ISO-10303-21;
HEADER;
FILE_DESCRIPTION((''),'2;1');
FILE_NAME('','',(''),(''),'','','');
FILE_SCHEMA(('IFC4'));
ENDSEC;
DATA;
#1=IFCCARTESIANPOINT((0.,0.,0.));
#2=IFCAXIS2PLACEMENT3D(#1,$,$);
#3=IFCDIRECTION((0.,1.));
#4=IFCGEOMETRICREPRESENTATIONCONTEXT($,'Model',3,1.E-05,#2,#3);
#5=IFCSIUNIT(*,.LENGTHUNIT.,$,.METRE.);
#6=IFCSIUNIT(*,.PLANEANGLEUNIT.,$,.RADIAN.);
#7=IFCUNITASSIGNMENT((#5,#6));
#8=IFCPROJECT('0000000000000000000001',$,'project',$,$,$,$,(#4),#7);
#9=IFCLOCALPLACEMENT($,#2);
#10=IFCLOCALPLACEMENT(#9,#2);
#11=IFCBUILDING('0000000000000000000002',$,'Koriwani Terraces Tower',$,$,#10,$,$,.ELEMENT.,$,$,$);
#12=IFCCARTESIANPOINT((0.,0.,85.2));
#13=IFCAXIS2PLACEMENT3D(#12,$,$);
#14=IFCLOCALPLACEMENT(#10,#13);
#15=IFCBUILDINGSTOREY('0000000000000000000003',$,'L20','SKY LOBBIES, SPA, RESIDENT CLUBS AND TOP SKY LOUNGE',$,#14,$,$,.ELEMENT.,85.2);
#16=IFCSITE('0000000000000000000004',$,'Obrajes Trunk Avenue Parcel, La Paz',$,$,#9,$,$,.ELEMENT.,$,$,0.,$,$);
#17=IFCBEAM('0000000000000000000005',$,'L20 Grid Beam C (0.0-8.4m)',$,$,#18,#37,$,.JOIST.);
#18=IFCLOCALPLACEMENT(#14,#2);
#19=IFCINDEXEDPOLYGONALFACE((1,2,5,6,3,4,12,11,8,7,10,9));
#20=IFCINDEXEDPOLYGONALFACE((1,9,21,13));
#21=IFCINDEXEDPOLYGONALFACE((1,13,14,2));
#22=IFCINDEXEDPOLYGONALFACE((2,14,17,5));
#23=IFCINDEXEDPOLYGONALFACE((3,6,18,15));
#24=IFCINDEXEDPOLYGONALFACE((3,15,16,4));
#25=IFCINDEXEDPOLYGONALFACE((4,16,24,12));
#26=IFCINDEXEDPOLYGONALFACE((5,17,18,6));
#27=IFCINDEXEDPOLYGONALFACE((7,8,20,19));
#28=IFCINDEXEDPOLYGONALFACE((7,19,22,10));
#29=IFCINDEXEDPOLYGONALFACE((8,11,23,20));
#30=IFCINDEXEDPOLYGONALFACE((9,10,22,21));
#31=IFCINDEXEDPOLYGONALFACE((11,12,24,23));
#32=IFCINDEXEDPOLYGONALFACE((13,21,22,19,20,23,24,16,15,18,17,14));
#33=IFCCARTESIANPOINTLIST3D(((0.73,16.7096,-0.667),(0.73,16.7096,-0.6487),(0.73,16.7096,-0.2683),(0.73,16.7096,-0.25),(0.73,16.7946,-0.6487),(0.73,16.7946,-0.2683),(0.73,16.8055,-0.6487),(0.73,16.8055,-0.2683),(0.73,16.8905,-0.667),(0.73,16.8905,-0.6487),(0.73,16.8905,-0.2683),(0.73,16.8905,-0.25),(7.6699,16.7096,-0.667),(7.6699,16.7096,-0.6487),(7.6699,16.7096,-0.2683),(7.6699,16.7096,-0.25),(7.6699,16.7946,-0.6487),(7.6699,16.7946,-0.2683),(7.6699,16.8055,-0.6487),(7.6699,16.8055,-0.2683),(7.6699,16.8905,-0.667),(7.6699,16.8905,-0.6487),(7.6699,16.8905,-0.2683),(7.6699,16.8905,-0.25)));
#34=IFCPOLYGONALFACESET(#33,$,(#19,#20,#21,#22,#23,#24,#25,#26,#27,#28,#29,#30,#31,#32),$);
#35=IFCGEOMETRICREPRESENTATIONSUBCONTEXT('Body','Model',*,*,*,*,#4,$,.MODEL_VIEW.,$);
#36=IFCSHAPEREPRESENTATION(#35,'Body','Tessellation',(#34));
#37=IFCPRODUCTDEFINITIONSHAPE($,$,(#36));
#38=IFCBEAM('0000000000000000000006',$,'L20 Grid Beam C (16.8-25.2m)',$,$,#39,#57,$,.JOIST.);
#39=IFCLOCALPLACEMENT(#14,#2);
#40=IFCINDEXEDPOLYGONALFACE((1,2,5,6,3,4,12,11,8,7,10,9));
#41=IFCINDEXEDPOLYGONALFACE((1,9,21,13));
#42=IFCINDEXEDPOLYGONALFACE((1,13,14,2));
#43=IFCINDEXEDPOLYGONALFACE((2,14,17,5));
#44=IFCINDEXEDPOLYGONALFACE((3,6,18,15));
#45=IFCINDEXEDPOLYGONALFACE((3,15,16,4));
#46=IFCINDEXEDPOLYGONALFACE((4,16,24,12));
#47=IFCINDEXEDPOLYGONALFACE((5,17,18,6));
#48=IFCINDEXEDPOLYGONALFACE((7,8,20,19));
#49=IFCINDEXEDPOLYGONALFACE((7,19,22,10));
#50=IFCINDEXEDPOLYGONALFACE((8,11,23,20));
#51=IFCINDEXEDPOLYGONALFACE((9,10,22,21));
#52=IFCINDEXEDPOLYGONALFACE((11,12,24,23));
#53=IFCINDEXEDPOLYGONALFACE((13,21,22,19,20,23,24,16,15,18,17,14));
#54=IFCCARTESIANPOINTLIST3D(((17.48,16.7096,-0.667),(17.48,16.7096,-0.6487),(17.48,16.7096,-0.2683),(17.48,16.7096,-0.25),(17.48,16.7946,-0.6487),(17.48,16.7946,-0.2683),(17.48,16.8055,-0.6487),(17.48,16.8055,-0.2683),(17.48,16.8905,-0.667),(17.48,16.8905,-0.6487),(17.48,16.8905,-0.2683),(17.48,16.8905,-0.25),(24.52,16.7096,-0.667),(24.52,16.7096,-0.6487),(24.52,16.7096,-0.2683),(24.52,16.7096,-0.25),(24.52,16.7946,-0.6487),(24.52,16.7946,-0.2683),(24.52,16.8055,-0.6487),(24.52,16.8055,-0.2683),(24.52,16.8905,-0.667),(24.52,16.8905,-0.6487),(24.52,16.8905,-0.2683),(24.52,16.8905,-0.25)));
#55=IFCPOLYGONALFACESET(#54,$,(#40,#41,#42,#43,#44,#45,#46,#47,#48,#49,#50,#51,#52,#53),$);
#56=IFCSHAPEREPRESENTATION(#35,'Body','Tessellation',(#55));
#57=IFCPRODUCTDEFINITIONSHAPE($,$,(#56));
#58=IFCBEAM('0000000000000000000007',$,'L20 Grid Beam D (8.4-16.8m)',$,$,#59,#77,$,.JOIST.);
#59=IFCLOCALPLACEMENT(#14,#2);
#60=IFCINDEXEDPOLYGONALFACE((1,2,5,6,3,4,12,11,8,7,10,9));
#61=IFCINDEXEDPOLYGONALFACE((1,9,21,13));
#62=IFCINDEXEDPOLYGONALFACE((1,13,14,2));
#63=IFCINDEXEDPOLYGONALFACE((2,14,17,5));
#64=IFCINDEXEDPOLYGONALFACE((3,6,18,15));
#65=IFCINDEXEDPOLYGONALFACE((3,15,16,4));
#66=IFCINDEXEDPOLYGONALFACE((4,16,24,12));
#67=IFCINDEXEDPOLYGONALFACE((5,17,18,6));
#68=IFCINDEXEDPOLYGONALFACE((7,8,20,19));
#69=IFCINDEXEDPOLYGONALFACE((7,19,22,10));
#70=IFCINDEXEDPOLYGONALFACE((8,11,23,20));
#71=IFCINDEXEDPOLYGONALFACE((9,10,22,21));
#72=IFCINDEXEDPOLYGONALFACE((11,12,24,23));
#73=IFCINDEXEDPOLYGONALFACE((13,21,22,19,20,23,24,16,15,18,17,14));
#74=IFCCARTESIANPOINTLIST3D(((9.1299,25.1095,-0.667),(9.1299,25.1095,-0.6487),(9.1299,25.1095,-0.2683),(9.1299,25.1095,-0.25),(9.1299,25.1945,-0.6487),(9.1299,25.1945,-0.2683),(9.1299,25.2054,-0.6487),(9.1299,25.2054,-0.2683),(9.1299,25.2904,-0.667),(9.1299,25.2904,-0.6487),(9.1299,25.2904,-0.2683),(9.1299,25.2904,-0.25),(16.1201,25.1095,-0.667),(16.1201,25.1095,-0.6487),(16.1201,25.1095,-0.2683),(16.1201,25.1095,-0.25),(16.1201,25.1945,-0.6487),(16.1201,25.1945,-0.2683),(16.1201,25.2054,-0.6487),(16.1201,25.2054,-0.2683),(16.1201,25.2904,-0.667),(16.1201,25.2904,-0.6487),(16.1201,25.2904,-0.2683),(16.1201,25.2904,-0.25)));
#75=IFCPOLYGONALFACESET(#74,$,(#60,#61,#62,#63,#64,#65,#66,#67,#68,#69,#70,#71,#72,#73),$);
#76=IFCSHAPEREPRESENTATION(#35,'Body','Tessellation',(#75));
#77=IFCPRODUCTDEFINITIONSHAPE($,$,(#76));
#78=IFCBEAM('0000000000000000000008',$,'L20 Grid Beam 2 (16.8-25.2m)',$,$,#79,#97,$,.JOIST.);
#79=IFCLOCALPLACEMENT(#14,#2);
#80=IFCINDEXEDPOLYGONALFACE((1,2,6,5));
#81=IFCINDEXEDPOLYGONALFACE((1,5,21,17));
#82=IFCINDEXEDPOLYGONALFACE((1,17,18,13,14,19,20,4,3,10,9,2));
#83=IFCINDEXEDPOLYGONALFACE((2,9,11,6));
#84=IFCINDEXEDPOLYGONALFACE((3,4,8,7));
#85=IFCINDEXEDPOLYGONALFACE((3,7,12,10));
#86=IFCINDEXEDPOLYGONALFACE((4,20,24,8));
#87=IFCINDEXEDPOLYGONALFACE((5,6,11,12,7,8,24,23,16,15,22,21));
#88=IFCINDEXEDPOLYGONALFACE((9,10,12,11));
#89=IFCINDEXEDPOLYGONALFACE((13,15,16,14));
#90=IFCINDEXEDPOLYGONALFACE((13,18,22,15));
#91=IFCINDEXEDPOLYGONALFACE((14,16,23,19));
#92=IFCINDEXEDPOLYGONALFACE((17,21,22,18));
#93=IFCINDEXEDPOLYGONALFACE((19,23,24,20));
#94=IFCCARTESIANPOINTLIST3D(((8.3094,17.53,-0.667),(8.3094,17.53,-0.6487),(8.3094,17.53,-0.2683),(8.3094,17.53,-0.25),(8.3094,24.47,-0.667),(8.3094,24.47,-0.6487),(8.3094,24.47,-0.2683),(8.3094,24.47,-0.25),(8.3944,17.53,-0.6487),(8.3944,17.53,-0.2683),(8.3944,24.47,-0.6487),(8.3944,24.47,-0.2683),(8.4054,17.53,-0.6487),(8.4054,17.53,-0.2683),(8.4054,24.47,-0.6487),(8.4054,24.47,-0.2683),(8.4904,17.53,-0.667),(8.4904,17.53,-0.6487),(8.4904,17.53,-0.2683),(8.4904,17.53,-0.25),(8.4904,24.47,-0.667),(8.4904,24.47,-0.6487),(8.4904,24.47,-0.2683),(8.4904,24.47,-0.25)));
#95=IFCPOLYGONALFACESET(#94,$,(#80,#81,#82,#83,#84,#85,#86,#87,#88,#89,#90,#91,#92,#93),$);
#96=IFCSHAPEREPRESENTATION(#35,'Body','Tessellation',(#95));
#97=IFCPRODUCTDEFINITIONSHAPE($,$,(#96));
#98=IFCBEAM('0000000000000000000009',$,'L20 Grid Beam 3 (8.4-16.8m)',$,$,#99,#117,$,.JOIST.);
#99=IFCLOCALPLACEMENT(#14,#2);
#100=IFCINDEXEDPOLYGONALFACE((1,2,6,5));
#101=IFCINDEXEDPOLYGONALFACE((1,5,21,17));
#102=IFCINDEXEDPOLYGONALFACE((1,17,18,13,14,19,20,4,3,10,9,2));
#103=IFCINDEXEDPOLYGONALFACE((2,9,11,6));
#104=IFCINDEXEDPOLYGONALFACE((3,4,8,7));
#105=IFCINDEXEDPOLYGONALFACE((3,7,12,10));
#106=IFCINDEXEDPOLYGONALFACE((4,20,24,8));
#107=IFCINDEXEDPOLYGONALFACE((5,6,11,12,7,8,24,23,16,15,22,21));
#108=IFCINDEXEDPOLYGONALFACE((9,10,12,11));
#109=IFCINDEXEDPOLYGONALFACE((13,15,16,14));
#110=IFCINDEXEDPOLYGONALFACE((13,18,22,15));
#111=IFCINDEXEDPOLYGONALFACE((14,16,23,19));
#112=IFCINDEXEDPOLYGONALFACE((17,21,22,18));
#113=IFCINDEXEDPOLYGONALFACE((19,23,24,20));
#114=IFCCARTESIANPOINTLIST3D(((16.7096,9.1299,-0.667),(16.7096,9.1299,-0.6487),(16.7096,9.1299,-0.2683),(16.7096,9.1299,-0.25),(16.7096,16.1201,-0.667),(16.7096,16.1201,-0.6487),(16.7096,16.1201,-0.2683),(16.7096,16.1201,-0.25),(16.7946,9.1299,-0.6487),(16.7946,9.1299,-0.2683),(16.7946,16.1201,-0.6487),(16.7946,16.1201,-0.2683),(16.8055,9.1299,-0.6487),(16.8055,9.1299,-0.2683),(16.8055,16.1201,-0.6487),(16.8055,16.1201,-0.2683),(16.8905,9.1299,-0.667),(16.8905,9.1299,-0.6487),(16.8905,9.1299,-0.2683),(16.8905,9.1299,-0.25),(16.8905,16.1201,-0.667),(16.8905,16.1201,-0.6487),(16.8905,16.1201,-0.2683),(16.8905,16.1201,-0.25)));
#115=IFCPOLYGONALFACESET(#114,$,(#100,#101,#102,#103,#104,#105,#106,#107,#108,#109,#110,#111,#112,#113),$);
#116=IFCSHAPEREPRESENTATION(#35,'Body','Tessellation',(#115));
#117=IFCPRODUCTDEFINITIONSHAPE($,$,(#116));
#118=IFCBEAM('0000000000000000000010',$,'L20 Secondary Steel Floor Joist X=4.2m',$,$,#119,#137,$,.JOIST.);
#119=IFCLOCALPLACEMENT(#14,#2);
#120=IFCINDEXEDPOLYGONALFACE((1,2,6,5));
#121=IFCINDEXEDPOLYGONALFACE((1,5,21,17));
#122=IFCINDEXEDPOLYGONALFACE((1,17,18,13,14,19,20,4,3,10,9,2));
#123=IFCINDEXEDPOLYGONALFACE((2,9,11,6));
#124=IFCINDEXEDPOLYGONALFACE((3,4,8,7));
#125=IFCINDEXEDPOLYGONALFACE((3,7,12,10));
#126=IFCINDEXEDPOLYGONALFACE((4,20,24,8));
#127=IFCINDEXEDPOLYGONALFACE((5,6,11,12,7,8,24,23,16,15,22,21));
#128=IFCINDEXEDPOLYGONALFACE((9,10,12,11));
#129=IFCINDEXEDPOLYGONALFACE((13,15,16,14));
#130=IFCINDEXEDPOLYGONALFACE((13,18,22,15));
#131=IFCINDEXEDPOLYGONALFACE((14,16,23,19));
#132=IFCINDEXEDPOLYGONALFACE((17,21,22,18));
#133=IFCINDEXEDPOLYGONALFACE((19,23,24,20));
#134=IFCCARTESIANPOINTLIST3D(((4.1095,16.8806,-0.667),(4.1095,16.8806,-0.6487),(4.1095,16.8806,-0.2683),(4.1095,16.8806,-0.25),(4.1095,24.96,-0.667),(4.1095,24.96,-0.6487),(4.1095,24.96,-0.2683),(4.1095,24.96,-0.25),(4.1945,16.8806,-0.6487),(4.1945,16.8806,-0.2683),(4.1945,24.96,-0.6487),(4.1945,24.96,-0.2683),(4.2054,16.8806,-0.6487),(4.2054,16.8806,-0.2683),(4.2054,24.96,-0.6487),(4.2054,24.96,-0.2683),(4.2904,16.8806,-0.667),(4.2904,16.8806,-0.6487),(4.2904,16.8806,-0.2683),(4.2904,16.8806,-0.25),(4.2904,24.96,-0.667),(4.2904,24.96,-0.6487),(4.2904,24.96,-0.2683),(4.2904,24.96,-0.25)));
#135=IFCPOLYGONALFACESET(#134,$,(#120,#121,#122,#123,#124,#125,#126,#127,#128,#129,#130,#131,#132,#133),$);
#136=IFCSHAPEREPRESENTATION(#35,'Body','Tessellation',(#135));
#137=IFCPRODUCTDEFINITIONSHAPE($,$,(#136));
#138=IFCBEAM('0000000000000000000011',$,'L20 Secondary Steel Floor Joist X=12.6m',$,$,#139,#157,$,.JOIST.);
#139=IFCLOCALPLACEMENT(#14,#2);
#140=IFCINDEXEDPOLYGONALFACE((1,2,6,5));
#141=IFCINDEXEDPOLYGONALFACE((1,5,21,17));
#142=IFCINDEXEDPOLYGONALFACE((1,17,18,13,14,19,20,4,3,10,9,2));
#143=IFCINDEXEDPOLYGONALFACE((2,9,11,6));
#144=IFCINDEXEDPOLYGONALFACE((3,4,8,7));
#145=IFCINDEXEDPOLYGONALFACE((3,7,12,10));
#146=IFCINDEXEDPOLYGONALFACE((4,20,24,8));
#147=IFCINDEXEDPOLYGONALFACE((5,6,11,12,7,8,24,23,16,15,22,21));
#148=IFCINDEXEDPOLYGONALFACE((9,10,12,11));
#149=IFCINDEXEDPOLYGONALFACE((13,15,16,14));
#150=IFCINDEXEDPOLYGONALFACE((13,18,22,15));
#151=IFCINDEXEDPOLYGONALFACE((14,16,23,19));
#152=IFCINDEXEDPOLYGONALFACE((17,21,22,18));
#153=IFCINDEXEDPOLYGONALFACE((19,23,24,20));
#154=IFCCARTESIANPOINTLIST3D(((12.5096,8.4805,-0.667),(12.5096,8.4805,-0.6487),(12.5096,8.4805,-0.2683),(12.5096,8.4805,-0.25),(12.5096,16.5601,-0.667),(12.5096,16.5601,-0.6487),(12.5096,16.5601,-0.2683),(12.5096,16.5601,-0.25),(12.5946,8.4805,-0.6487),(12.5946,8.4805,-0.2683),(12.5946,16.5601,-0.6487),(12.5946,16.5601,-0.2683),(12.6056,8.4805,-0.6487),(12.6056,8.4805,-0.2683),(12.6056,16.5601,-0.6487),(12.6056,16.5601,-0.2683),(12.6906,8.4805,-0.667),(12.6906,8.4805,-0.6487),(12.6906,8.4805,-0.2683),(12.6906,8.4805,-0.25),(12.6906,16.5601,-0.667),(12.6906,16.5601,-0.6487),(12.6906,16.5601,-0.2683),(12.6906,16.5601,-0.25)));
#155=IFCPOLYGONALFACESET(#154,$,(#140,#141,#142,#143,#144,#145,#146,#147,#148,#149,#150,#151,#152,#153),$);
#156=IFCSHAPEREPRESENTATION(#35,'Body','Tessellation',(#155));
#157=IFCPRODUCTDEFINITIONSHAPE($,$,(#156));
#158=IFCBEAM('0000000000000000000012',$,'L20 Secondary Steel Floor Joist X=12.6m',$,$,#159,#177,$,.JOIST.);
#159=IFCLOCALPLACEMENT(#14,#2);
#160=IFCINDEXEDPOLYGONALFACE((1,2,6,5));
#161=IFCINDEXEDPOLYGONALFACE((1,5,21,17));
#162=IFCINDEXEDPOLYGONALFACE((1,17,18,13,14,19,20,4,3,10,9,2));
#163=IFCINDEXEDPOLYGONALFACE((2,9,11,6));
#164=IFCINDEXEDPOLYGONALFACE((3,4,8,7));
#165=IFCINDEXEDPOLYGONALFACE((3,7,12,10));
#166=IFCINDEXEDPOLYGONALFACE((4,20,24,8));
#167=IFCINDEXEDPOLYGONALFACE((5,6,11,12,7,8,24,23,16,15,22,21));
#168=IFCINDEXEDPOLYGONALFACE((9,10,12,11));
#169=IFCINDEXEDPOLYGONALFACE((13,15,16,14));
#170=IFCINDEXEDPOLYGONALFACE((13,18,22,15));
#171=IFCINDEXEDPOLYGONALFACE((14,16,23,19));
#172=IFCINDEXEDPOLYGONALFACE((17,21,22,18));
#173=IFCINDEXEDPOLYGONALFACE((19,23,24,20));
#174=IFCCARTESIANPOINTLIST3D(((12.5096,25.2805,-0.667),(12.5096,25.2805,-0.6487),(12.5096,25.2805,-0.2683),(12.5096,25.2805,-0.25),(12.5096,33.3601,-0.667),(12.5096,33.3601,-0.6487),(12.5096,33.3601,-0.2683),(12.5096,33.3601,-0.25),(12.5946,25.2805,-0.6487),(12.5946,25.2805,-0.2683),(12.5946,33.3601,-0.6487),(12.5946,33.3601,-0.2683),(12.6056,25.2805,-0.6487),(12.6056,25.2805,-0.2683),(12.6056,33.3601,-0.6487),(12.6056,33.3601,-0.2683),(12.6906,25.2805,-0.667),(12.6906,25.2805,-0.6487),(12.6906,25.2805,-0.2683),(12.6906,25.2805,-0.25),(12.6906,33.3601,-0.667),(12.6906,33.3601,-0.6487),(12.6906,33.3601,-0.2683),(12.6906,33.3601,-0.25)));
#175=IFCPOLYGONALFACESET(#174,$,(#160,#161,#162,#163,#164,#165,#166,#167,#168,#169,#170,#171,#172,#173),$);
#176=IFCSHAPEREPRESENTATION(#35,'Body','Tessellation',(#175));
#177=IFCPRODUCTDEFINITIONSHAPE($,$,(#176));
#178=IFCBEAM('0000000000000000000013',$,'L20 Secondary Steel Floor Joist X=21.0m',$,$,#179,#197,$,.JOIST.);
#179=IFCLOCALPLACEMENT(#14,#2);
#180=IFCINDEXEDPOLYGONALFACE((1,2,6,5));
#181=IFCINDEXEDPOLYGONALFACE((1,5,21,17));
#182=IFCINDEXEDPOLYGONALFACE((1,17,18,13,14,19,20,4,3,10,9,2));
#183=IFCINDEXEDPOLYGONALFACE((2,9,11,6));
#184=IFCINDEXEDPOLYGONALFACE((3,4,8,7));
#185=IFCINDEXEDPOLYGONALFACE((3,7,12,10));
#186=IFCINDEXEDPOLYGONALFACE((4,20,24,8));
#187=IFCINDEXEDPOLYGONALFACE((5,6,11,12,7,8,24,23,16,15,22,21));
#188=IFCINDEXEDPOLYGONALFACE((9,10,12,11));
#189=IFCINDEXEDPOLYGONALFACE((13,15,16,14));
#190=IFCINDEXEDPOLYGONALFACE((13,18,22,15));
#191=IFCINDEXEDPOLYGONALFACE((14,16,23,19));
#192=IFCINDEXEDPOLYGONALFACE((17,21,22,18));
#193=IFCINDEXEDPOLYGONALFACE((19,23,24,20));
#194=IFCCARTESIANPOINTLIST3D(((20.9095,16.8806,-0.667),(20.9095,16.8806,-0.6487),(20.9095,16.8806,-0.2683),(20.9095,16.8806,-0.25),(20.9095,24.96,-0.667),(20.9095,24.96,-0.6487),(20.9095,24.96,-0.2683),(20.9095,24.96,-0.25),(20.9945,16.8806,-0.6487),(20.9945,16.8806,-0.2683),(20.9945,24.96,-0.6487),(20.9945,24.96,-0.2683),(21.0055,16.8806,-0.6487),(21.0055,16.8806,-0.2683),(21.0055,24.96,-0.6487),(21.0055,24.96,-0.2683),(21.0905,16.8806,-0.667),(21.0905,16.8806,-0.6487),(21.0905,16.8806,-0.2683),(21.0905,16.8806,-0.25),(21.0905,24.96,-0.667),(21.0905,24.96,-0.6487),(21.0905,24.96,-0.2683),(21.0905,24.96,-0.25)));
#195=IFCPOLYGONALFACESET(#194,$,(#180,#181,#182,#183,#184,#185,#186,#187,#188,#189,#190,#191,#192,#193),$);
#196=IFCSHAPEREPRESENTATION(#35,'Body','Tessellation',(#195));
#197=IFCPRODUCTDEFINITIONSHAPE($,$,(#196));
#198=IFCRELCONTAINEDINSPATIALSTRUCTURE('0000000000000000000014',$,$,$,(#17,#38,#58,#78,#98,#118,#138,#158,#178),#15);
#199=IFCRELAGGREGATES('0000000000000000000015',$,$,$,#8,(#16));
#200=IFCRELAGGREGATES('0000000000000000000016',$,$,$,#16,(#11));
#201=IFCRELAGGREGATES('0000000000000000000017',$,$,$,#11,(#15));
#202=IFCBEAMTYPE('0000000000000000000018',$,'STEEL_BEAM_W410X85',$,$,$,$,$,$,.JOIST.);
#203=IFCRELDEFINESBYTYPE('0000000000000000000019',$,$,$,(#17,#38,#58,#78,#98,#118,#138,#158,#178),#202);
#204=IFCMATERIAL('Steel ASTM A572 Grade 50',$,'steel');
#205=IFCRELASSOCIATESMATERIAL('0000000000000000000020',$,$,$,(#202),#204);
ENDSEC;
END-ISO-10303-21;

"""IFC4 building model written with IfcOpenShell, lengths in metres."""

from ifc_helpers import new_model, si_unit, direction, frame, origin, origin_2d, place, context, subcontext, project, spatial, i_section, extrude, material, material_profile, profile_set, type_object, element, save


model = new_model("IFC4")

# Units and contexts
model_context = context("Model", 3, precision=1e-05, world=origin(), true_north=direction((0.0, 1.0)))
body_context = subcontext(model_context, "Body", "Model", "MODEL_VIEW")
ifc_project = project(units=[si_unit("LENGTHUNIT", "METRE"), si_unit("PLANEANGLEUNIT", "RADIAN")], contexts=[model_context])

# Site, building, storey
site_placement = place(None, origin())
site = spatial("IfcSite", under=ifc_project, at=site_placement, Name="Obrajes Trunk Avenue Parcel, La Paz", CompositionType="ELEMENT", RefElevation=0.0)
building_placement = place(site_placement, origin())
building = spatial("IfcBuilding", under=site, at=building_placement, Name="Koriwani Terraces Tower", CompositionType="ELEMENT")
storey_placement = place(building_placement, frame((0.0, 0.0, 85.2)))
storey = spatial("IfcBuildingStorey", under=building, at=storey_placement, Name="L20", Description="SKY LOBBIES, SPA, RESIDENT CLUBS AND TOP SKY LOUNGE", CompositionType="ELEMENT", Elevation=85.2)

# Beams
ifc_material_1 = material(Name="Steel ASTM A572 Grade 50", Category="steel")
ifc_material_profile_1 = material_profile(ifc_material_1, i_section(OverallWidth=0.1809, OverallDepth=0.417, WebThickness=0.011, FlangeThickness=0.0183, at=origin_2d()), Name="Steel ASTM A572 Grade 50", Category="LoadBearing")
ifc_profile_set_1 = profile_set([ifc_material_profile_1], Name="Steel ASTM A572 Grade 50")
beam_type_1 = type_object("IfcBeamType", Name="STEEL_BEAM_W410X85", PredefinedType="JOIST", material=ifc_profile_set_1)
beam_1_placement = place(storey_placement, frame((0.73, 16.8, -0.4585), z_axis=(1.0, 0.0, 0.0), x_axis=(0.0, 1.0, 0.0)))
element("IfcBeam", 1, at=beam_1_placement, inside=storey, type_object=beam_type_1, Name="L20 Grid Beam C (0.0-8.4m)", PredefinedType="JOIST", context=body_context, shape_type="SweptSolid", body=[
    extrude(i_section(OverallWidth=0.1809, OverallDepth=0.417, WebThickness=0.011, FlangeThickness=0.0183, at=origin_2d()), origin(), (0.0, 0.0, 1.0), 6.9399),
])
beam_2_placement = place(storey_placement, frame((17.48, 16.8, -0.4585), z_axis=(1.0, 0.0, 0.0), x_axis=(0.0, 1.0, 0.0)))
element("IfcBeam", 2, at=beam_2_placement, inside=storey, type_object=beam_type_1, Name="L20 Grid Beam C (16.8-25.2m)", PredefinedType="JOIST", context=body_context, shape_type="SweptSolid", body=[
    extrude(i_section(OverallWidth=0.1809, OverallDepth=0.417, WebThickness=0.011, FlangeThickness=0.0183, at=origin_2d()), origin(), (0.0, 0.0, 1.0), 7.04),
])
beam_3_placement = place(storey_placement, frame((9.1299, 25.2, -0.4585), z_axis=(1.0, 0.0, 0.0), x_axis=(0.0, 1.0, 0.0)))
element("IfcBeam", 3, at=beam_3_placement, inside=storey, type_object=beam_type_1, Name="L20 Grid Beam D (8.4-16.8m)", PredefinedType="JOIST", context=body_context, shape_type="SweptSolid", body=[
    extrude(i_section(OverallWidth=0.1809, OverallDepth=0.417, WebThickness=0.011, FlangeThickness=0.0183, at=origin_2d()), origin(), (0.0, 0.0, 1.0), 6.9902),
])
beam_4_placement = place(storey_placement, frame((8.3999, 17.53, -0.4585), z_axis=(0.0, 1.0, 0.0), x_axis=(-1.0, 0.0, 0.0)))
element("IfcBeam", 4, at=beam_4_placement, inside=storey, type_object=beam_type_1, Name="L20 Grid Beam 2 (16.8-25.2m)", PredefinedType="JOIST", context=body_context, shape_type="SweptSolid", body=[
    extrude(i_section(OverallWidth=0.1809, OverallDepth=0.417, WebThickness=0.011, FlangeThickness=0.0183, at=origin_2d()), origin(), (0.0, 0.0, 1.0), 6.9399),
])
beam_5_placement = place(storey_placement, frame((16.8, 9.1299, -0.4585), z_axis=(0.0, 1.0, 0.0), x_axis=(-1.0, 0.0, 0.0)))
element("IfcBeam", 5, at=beam_5_placement, inside=storey, type_object=beam_type_1, Name="L20 Grid Beam 3 (8.4-16.8m)", PredefinedType="JOIST", context=body_context, shape_type="SweptSolid", body=[
    extrude(i_section(OverallWidth=0.1809, OverallDepth=0.417, WebThickness=0.011, FlangeThickness=0.0183, at=origin_2d()), origin(), (0.0, 0.0, 1.0), 6.9902),
])
beam_6_placement = place(storey_placement, frame((4.2, 16.8806, -0.4585), z_axis=(0.0, 1.0, 0.0), x_axis=(-1.0, 0.0, 0.0)))
element("IfcBeam", 6, at=beam_6_placement, inside=storey, type_object=beam_type_1, Name="L20 Secondary Steel Floor Joist X=4.2m", PredefinedType="JOIST", context=body_context, shape_type="SweptSolid", body=[
    extrude(i_section(OverallWidth=0.1809, OverallDepth=0.417, WebThickness=0.011, FlangeThickness=0.0183, at=origin_2d()), origin(), (0.0, 0.0, 1.0), 8.0793),
])
for number, where, z_axis, x_axis, name in (
    (7, (12.6001, 8.4805, -0.4585), (0.0, 1.0, 0.0), (-1.0, 0.0, 0.0), "L20 Secondary Steel Floor Joist X=12.6m"),
    (8, (12.6001, 25.2805, -0.4585), (0.0, 1.0, 0.0), (-1.0, 0.0, 0.0), "L20 Secondary Steel Floor Joist X=12.6m"),
):
    element("IfcBeam", number, at=place(storey_placement, frame(where, z_axis=z_axis, x_axis=x_axis)), inside=storey, type_object=beam_type_1, Name=name, PredefinedType="JOIST", context=body_context, shape_type="SweptSolid", body=[
        extrude(i_section(OverallWidth=0.1809, OverallDepth=0.417, WebThickness=0.011, FlangeThickness=0.0183, at=origin_2d()), origin(), (0.0, 0.0, 1.0), 8.0796),
    ])
beam_7_placement = place(storey_placement, frame((21.0, 16.8806, -0.4585), z_axis=(0.0, 1.0, 0.0), x_axis=(-1.0, 0.0, 0.0)))
element("IfcBeam", 9, at=beam_7_placement, inside=storey, type_object=beam_type_1, Name="L20 Secondary Steel Floor Joist X=21.0m", PredefinedType="JOIST", context=body_context, shape_type="SweptSolid", body=[
    extrude(i_section(OverallWidth=0.1809, OverallDepth=0.417, WebThickness=0.011, FlangeThickness=0.0183, at=origin_2d()), origin(), (0.0, 0.0, 1.0), 8.0793),
])

save(model, "model.ifc")
